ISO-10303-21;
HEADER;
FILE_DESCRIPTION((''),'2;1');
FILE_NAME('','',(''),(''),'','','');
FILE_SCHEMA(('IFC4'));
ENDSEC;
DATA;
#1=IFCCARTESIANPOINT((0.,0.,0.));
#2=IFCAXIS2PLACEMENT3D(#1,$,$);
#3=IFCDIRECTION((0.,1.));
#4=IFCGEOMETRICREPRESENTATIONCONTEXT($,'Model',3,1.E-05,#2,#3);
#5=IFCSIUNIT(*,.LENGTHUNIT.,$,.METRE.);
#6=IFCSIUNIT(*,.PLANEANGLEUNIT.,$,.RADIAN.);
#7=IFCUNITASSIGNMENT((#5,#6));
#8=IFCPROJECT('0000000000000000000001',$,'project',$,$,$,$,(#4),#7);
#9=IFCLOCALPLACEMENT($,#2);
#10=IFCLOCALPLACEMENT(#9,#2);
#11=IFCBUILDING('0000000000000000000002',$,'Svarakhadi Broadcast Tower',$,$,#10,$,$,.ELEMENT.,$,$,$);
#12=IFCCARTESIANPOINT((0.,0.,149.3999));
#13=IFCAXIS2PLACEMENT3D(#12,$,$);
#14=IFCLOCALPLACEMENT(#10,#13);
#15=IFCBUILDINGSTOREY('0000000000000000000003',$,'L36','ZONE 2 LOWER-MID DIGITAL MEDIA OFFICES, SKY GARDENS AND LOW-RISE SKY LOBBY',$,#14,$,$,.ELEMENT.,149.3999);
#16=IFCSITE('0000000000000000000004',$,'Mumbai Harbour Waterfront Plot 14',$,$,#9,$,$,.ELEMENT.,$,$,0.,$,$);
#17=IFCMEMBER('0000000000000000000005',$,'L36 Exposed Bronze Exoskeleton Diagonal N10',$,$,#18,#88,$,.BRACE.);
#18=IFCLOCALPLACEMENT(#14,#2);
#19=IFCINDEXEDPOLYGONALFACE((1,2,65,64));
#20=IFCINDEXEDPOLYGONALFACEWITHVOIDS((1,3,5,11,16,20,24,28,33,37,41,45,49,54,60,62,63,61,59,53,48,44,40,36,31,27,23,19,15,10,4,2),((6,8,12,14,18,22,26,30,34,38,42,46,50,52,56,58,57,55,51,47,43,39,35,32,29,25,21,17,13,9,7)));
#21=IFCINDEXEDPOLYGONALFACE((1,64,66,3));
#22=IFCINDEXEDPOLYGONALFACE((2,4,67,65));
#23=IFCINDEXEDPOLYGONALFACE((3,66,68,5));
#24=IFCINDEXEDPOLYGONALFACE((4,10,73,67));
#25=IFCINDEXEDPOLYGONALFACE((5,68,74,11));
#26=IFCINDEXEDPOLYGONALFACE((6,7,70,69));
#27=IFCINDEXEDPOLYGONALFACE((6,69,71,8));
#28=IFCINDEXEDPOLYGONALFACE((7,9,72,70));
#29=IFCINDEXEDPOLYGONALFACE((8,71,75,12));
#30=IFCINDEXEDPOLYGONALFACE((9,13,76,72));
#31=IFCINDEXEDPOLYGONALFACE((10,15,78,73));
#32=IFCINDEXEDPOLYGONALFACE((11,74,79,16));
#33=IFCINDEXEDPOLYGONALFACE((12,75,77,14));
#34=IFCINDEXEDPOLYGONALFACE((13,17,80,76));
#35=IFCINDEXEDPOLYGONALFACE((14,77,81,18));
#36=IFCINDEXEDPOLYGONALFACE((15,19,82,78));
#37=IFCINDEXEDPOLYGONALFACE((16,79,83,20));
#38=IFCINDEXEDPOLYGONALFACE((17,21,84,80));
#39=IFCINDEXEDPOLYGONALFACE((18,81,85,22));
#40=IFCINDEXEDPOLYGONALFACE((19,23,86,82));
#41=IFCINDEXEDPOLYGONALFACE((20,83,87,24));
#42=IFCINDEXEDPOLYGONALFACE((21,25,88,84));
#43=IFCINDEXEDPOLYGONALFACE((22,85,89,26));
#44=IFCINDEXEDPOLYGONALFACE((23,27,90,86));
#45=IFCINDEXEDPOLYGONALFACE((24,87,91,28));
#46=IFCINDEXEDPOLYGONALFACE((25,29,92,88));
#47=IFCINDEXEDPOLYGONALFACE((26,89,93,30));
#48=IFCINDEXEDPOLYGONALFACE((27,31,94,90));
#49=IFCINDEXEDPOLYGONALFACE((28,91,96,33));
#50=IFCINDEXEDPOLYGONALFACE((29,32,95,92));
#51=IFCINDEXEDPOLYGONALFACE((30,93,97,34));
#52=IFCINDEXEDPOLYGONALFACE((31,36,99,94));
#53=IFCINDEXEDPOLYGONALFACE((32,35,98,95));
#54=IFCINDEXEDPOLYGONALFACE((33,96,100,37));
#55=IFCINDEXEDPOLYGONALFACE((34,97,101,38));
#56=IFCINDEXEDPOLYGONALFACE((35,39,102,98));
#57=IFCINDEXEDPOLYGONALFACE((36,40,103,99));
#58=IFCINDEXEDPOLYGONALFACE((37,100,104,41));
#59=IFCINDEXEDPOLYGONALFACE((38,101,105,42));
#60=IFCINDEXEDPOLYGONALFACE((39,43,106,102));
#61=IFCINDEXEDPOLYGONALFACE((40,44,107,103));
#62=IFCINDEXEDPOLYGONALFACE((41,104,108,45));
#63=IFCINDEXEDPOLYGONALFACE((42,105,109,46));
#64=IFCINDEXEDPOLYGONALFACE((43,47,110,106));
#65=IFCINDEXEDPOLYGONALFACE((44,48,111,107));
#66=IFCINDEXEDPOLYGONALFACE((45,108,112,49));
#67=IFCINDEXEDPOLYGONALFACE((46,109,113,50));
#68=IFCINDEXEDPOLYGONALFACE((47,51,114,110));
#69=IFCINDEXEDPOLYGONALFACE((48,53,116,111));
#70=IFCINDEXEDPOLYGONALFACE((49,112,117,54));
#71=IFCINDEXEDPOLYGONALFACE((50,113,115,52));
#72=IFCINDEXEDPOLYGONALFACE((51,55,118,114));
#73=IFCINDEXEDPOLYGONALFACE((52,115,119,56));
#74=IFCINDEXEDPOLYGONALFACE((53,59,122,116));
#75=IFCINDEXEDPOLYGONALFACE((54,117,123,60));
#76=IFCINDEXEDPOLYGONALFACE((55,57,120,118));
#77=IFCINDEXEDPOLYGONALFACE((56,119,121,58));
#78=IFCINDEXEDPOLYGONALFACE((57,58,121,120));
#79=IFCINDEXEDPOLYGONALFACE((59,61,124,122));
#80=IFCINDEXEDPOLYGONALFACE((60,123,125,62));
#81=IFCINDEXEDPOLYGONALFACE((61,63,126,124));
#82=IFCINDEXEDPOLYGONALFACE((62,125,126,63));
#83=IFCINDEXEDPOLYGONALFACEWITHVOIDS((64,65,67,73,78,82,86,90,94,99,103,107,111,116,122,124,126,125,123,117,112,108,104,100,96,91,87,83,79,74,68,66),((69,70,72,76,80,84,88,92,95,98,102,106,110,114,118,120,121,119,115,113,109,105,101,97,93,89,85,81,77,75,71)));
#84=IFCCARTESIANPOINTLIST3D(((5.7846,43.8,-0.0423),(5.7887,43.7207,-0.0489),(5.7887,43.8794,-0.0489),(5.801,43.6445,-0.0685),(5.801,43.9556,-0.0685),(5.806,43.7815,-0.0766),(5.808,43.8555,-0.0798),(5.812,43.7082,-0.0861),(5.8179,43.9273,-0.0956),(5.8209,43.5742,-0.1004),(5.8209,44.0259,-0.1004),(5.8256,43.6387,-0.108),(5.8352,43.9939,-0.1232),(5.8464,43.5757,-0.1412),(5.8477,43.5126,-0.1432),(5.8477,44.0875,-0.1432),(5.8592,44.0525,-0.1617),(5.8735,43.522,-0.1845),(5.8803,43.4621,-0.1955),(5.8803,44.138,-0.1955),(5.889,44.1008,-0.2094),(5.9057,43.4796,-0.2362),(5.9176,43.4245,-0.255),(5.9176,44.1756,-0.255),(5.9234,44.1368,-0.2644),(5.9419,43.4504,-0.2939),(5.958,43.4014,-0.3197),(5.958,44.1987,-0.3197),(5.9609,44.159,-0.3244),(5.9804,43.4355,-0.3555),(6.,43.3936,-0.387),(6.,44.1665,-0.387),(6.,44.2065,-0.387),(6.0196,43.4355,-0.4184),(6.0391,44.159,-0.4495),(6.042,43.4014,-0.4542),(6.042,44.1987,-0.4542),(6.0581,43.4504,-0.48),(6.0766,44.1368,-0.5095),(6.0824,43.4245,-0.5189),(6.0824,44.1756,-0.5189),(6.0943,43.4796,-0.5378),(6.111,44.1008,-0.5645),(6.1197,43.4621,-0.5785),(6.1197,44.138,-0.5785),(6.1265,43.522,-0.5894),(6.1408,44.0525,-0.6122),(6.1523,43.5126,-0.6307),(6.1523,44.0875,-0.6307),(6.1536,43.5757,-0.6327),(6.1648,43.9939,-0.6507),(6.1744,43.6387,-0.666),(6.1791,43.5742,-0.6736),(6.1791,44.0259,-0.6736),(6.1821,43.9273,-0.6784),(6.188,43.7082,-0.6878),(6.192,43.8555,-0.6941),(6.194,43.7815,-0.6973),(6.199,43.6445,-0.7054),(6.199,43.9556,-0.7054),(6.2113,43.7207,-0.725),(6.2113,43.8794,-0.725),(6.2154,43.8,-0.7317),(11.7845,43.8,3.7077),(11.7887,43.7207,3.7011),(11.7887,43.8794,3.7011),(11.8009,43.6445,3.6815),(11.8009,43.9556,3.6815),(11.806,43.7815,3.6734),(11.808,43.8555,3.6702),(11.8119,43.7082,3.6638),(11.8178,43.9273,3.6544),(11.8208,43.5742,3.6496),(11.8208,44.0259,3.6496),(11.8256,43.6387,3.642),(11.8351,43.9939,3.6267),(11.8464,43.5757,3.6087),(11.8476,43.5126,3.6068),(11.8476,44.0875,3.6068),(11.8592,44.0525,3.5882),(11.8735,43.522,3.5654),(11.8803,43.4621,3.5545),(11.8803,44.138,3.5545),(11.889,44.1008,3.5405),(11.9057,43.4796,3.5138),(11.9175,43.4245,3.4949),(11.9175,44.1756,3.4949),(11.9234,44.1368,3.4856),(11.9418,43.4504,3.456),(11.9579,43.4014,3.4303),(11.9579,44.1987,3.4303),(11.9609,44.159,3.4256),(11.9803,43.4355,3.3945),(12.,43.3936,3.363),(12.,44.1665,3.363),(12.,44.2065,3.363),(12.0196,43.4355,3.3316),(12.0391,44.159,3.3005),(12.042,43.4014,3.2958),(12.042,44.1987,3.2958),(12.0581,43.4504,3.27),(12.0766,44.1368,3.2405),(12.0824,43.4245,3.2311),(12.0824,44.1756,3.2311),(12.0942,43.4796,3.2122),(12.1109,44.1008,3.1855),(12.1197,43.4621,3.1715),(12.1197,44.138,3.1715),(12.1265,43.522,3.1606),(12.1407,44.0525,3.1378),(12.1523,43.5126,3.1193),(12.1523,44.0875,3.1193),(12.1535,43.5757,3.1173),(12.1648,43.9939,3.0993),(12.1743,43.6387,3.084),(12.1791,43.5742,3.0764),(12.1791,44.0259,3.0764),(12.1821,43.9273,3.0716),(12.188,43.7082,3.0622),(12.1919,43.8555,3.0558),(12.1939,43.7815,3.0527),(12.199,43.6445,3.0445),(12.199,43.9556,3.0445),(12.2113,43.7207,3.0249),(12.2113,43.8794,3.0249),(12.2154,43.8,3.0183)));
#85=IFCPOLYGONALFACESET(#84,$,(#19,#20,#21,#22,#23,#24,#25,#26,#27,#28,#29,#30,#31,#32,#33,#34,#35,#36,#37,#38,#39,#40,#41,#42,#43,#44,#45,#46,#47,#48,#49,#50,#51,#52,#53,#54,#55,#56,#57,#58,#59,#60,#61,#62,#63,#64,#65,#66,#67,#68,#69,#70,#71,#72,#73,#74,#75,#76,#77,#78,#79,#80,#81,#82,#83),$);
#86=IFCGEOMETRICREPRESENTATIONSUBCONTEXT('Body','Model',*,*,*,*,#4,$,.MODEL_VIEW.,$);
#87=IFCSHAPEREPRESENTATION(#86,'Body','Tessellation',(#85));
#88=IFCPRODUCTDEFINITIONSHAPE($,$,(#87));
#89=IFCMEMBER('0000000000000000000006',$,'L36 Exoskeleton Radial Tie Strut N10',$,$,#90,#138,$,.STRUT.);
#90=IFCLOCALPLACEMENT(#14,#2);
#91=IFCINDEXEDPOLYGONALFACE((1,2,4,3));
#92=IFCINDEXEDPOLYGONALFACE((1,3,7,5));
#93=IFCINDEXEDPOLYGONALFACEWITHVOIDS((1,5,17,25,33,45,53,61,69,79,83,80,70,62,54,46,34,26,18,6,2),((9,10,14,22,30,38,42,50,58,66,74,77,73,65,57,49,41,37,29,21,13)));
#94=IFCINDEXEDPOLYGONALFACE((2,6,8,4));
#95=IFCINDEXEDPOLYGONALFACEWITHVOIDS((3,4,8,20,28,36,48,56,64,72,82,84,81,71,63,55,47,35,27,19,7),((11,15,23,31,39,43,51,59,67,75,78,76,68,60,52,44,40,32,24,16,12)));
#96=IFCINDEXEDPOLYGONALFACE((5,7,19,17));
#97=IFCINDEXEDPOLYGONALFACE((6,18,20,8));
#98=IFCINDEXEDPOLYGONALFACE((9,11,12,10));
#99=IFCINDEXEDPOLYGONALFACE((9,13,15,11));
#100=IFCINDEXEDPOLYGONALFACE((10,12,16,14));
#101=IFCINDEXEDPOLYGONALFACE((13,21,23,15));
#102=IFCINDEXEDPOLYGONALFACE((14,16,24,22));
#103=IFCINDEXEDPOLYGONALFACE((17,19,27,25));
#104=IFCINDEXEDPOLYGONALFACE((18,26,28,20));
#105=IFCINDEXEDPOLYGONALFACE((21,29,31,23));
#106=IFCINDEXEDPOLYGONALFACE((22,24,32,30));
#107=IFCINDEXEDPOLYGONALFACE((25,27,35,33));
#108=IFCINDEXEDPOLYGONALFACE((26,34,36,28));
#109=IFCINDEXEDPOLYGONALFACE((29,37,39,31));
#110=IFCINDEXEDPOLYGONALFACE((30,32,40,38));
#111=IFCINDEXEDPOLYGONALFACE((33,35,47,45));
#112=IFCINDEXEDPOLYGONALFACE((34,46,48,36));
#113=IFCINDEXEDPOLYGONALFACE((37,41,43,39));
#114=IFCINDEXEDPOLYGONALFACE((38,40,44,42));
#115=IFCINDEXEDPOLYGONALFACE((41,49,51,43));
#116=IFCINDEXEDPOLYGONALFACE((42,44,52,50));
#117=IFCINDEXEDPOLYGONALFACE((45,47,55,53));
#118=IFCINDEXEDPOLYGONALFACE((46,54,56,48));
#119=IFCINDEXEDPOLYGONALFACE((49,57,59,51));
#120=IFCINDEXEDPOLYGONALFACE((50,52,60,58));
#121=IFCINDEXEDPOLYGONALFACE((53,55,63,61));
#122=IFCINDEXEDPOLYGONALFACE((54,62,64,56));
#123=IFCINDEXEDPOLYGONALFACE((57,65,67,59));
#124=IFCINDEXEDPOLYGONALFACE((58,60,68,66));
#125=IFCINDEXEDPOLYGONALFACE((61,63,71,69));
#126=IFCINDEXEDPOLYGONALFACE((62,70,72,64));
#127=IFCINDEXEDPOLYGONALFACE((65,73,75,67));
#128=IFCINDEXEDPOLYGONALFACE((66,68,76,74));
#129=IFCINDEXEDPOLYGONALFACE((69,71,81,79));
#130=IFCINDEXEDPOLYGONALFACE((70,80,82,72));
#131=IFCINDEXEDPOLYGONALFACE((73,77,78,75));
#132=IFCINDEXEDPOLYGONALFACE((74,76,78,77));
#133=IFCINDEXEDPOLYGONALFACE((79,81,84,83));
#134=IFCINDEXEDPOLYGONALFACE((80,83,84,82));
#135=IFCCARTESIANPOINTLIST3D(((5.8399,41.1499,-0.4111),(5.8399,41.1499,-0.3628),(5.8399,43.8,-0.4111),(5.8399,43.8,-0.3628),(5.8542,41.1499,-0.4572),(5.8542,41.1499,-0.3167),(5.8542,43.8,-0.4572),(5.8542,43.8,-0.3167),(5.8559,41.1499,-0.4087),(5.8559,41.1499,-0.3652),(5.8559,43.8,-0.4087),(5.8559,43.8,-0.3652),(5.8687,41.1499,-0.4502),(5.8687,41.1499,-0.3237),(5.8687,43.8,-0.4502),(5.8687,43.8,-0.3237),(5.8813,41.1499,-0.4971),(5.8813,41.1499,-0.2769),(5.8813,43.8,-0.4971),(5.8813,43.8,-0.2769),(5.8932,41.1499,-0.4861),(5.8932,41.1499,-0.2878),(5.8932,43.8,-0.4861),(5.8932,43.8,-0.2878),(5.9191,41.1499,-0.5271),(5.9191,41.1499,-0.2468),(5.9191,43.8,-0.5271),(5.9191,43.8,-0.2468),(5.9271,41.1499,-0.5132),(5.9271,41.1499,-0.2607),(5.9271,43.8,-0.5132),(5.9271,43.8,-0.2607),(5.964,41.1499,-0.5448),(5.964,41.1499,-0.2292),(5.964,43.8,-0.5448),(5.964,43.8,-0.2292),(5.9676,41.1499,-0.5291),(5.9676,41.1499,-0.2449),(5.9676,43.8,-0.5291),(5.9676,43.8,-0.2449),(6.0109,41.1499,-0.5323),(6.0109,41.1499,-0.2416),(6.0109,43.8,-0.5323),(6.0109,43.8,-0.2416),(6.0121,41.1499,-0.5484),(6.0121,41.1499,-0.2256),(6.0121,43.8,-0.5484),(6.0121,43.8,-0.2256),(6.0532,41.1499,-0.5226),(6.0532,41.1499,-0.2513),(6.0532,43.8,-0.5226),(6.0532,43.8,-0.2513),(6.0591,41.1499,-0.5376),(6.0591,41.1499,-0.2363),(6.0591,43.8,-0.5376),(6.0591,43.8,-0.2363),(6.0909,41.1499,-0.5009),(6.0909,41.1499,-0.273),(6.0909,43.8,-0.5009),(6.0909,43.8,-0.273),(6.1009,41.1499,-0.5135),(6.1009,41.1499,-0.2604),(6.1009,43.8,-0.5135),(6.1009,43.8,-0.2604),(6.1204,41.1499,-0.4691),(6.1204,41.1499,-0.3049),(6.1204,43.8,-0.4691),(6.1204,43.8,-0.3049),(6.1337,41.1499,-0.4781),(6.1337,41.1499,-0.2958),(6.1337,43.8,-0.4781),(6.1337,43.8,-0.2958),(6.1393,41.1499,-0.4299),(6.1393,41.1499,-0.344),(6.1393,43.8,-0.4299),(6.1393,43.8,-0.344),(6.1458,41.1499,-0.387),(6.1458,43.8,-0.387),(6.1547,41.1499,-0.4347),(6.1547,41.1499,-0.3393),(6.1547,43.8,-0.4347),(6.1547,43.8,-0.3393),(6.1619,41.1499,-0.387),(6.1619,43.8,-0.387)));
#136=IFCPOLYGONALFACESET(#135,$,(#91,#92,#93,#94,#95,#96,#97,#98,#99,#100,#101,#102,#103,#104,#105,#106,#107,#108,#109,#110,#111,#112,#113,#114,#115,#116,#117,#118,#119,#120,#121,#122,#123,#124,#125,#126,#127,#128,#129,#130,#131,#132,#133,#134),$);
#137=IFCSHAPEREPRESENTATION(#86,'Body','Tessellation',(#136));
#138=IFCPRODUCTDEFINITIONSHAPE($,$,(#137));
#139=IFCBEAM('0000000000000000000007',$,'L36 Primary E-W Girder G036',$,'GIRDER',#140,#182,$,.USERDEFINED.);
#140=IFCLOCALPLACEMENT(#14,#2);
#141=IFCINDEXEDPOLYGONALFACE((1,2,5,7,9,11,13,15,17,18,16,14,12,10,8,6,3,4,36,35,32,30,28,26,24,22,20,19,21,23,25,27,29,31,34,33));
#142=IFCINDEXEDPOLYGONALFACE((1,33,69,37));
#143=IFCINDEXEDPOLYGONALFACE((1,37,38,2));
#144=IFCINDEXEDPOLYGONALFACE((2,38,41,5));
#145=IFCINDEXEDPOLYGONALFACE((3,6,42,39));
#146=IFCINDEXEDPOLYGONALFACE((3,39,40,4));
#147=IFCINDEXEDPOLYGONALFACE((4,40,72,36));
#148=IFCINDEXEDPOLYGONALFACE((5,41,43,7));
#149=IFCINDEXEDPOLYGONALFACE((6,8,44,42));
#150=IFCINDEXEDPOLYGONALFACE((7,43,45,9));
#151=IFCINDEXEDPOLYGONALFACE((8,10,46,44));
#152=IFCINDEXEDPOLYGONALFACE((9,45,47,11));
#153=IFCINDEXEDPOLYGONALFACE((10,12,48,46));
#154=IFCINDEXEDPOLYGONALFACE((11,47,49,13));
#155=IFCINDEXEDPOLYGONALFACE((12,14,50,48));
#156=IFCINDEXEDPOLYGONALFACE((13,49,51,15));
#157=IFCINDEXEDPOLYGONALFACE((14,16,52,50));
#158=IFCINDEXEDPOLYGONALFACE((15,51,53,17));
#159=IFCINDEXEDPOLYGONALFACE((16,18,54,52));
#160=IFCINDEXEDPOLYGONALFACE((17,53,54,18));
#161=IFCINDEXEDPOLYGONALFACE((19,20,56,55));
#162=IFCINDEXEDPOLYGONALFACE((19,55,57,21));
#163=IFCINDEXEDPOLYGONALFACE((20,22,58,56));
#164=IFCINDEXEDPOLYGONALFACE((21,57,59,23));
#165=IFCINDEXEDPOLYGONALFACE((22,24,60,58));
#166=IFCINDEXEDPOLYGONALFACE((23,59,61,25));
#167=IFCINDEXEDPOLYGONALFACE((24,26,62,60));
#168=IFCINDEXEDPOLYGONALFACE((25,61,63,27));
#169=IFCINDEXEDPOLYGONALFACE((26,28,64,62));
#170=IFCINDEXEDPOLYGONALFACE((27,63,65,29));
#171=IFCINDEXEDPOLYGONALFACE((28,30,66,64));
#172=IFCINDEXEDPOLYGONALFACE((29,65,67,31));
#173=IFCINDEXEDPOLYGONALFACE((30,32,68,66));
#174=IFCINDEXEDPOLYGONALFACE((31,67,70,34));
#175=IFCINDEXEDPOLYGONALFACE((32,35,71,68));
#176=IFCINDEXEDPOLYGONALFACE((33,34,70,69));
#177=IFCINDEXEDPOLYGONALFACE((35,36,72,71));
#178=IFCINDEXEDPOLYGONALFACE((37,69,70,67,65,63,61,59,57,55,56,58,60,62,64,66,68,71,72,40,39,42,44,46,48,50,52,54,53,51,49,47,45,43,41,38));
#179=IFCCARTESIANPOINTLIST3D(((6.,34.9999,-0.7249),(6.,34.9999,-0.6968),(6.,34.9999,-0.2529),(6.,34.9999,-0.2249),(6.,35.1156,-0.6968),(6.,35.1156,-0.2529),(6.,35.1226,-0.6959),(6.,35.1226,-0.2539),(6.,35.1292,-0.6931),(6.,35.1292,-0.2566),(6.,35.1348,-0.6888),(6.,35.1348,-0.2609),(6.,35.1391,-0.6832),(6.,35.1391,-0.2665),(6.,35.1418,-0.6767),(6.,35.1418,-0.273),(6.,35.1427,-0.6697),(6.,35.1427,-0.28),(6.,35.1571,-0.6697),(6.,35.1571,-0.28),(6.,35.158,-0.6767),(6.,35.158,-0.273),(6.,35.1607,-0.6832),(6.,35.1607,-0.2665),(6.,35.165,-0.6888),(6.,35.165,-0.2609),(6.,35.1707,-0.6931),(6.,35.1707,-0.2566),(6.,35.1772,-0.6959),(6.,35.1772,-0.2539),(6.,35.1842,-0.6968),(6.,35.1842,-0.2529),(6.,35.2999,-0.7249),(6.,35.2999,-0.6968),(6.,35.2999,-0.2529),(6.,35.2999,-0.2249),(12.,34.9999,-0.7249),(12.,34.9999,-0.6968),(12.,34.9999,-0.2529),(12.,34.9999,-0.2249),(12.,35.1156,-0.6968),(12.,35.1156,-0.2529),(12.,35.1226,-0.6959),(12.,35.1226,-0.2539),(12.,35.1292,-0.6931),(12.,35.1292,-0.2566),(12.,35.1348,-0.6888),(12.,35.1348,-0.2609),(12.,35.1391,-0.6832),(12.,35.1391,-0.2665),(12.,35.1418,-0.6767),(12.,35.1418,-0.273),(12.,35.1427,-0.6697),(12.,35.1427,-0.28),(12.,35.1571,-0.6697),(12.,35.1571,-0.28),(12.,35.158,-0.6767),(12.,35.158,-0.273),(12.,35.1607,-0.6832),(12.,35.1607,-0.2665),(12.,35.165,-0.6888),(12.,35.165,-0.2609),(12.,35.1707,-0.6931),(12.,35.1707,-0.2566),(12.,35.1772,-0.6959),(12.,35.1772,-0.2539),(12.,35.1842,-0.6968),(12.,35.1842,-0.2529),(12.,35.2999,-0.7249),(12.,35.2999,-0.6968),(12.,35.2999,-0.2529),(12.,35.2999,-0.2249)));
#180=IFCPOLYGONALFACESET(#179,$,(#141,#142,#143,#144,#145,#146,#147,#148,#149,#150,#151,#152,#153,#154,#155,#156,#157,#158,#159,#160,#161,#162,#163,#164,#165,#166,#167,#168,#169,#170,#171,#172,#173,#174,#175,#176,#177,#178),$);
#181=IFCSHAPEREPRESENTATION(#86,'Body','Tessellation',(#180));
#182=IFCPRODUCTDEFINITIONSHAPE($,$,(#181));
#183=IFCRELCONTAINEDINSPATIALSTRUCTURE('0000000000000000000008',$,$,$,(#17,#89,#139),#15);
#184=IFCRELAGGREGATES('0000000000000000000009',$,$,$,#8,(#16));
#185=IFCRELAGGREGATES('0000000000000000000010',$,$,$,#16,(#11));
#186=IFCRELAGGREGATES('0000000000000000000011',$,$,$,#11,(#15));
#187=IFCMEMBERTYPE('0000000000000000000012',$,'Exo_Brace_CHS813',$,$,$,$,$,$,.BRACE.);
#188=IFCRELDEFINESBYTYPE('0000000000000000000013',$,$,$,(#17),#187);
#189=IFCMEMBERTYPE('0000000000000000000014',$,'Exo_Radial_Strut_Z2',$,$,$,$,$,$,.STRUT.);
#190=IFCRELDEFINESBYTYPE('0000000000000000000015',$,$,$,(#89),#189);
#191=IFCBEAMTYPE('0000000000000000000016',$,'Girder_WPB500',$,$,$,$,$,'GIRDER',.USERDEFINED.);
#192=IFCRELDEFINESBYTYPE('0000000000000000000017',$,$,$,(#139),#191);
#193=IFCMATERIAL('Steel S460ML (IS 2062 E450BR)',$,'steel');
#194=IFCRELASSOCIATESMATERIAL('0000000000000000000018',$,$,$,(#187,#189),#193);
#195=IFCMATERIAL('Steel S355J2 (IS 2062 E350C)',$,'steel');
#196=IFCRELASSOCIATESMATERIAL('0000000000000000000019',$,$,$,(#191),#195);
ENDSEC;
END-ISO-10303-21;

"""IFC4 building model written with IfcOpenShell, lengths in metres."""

from ifc_helpers import new_model, si_unit, direction, frame, origin, origin_2d, place, context, subcontext, project, spatial, hollow_circle, i_section, extrude, material, material_profile, profile_set, type_object, element, save


model = new_model("IFC4")

# Units and contexts
model_context = context("Model", 3, precision=1e-05, world=origin(), true_north=direction((0.0, 1.0)))
body_context = subcontext(model_context, "Body", "Model", "MODEL_VIEW")
ifc_project = project(units=[si_unit("LENGTHUNIT", "METRE"), si_unit("PLANEANGLEUNIT", "RADIAN")], contexts=[model_context])

# Site, building, storey
site_placement = place(None, origin())
site = spatial("IfcSite", under=ifc_project, at=site_placement, Name="Mumbai Harbour Waterfront Plot 14", CompositionType="ELEMENT", RefElevation=0.0)
building_placement = place(site_placement, origin())
building = spatial("IfcBuilding", under=site, at=building_placement, Name="Svarakhadi Broadcast Tower", CompositionType="ELEMENT")
storey_placement = place(building_placement, frame((0.0, 0.0, 149.3999)))
storey = spatial("IfcBuildingStorey", under=building, at=storey_placement, Name="L36", Description="ZONE 2 LOWER-MID DIGITAL MEDIA OFFICES, SKY GARDENS AND LOW-RISE SKY LOBBY", CompositionType="ELEMENT", Elevation=149.3999)

# Shared definitions
ifc_material_1 = material(Name="Steel S460ML (IS 2062 E450BR)", Category="steel")

# Shared definitions
ifc_material_2 = material(Name="Steel S355J2 (IS 2062 E350C)", Category="steel")

# Members
ifc_material_profile_1 = material_profile(ifc_material_1, hollow_circle(Radius=0.4065, WallThickness=0.04, at=origin_2d()), Name="CHS 813x40")
ifc_profile_set_1 = profile_set([ifc_material_profile_1], Name="Steel S460ML (IS 2062 E450BR)")
member_type_1 = type_object("IfcMemberType", Name="Exo_Brace_CHS813", PredefinedType="BRACE", material=ifc_profile_set_1)
member_1_placement = place(storey_placement, frame((6.0, 43.8, -0.387), z_axis=(0.847998, 0.0, 0.529999), x_axis=(0.0, 1.0, 0.0)))
element("IfcMember", 1, at=member_1_placement, inside=storey, type_object=member_type_1, Name="L36 Exposed Bronze Exoskeleton Diagonal N10", PredefinedType="BRACE", context=body_context, shape_type="SweptSolid", body=[
    extrude(hollow_circle(Radius=0.4065, WallThickness=0.04, at=origin_2d()), origin(), (0.0, 0.0, 1.0), 7.0754),
])
ifc_material_profile_2 = material_profile(ifc_material_1, hollow_circle(Radius=0.1619, WallThickness=0.0161, at=origin_2d()), Name="CHS 323.9x16")
ifc_profile_set_2 = profile_set([ifc_material_profile_2], Name="Steel S460ML (IS 2062 E450BR)")
member_type_2 = type_object("IfcMemberType", Name="Exo_Radial_Strut_Z2", PredefinedType="STRUT", material=ifc_profile_set_2)
member_2_placement = place(storey_placement, frame((6.0, 43.8, -0.387), z_axis=(0.0, -1.0, 0.0), x_axis=(1.0, 0.0, 0.0)))
element("IfcMember", 2, at=member_2_placement, inside=storey, type_object=member_type_2, Name="L36 Exoskeleton Radial Tie Strut N10", PredefinedType="STRUT", context=body_context, shape_type="SweptSolid", body=[
    extrude(hollow_circle(Radius=0.1619, WallThickness=0.0161, at=origin_2d()), origin(), (0.0, 0.0, 1.0), 2.6501),
])

# Beam
ifc_material_profile_3 = material_profile(ifc_material_2, i_section(OverallWidth=0.3, OverallDepth=0.5, WebThickness=0.0144, FlangeThickness=0.0281, FilletRadius=0.0271, at=origin_2d()), Name="WPB 500x300x187")
ifc_profile_set_3 = profile_set([ifc_material_profile_3], Name="Steel S355J2 (IS 2062 E350C)")
beam_type_1 = type_object("IfcBeamType", Name="Girder_WPB500", ElementType="GIRDER", PredefinedType="USERDEFINED", material=ifc_profile_set_3)
for number, where, z_axis, x_axis, name in (
    (3, (6.0, 35.1499, -0.4749), (1.0, 0.0, 0.0), (0.0, 1.0, 0.0), "L36 Primary E-W Girder G036"),
):
    element("IfcBeam", number, at=place(storey_placement, frame(where, z_axis=z_axis, x_axis=x_axis)), inside=storey, type_object=beam_type_1, Name=name, ObjectType="GIRDER", PredefinedType="USERDEFINED", context=body_context, shape_type="SweptSolid", body=[
        extrude(i_section(OverallWidth=0.3, OverallDepth=0.5, WebThickness=0.0144, FlangeThickness=0.0281, FilletRadius=0.0271, at=origin_2d()), origin(), (0.0, 0.0, 1.0), 6.0),
    ])

save(model, "model.ifc")
